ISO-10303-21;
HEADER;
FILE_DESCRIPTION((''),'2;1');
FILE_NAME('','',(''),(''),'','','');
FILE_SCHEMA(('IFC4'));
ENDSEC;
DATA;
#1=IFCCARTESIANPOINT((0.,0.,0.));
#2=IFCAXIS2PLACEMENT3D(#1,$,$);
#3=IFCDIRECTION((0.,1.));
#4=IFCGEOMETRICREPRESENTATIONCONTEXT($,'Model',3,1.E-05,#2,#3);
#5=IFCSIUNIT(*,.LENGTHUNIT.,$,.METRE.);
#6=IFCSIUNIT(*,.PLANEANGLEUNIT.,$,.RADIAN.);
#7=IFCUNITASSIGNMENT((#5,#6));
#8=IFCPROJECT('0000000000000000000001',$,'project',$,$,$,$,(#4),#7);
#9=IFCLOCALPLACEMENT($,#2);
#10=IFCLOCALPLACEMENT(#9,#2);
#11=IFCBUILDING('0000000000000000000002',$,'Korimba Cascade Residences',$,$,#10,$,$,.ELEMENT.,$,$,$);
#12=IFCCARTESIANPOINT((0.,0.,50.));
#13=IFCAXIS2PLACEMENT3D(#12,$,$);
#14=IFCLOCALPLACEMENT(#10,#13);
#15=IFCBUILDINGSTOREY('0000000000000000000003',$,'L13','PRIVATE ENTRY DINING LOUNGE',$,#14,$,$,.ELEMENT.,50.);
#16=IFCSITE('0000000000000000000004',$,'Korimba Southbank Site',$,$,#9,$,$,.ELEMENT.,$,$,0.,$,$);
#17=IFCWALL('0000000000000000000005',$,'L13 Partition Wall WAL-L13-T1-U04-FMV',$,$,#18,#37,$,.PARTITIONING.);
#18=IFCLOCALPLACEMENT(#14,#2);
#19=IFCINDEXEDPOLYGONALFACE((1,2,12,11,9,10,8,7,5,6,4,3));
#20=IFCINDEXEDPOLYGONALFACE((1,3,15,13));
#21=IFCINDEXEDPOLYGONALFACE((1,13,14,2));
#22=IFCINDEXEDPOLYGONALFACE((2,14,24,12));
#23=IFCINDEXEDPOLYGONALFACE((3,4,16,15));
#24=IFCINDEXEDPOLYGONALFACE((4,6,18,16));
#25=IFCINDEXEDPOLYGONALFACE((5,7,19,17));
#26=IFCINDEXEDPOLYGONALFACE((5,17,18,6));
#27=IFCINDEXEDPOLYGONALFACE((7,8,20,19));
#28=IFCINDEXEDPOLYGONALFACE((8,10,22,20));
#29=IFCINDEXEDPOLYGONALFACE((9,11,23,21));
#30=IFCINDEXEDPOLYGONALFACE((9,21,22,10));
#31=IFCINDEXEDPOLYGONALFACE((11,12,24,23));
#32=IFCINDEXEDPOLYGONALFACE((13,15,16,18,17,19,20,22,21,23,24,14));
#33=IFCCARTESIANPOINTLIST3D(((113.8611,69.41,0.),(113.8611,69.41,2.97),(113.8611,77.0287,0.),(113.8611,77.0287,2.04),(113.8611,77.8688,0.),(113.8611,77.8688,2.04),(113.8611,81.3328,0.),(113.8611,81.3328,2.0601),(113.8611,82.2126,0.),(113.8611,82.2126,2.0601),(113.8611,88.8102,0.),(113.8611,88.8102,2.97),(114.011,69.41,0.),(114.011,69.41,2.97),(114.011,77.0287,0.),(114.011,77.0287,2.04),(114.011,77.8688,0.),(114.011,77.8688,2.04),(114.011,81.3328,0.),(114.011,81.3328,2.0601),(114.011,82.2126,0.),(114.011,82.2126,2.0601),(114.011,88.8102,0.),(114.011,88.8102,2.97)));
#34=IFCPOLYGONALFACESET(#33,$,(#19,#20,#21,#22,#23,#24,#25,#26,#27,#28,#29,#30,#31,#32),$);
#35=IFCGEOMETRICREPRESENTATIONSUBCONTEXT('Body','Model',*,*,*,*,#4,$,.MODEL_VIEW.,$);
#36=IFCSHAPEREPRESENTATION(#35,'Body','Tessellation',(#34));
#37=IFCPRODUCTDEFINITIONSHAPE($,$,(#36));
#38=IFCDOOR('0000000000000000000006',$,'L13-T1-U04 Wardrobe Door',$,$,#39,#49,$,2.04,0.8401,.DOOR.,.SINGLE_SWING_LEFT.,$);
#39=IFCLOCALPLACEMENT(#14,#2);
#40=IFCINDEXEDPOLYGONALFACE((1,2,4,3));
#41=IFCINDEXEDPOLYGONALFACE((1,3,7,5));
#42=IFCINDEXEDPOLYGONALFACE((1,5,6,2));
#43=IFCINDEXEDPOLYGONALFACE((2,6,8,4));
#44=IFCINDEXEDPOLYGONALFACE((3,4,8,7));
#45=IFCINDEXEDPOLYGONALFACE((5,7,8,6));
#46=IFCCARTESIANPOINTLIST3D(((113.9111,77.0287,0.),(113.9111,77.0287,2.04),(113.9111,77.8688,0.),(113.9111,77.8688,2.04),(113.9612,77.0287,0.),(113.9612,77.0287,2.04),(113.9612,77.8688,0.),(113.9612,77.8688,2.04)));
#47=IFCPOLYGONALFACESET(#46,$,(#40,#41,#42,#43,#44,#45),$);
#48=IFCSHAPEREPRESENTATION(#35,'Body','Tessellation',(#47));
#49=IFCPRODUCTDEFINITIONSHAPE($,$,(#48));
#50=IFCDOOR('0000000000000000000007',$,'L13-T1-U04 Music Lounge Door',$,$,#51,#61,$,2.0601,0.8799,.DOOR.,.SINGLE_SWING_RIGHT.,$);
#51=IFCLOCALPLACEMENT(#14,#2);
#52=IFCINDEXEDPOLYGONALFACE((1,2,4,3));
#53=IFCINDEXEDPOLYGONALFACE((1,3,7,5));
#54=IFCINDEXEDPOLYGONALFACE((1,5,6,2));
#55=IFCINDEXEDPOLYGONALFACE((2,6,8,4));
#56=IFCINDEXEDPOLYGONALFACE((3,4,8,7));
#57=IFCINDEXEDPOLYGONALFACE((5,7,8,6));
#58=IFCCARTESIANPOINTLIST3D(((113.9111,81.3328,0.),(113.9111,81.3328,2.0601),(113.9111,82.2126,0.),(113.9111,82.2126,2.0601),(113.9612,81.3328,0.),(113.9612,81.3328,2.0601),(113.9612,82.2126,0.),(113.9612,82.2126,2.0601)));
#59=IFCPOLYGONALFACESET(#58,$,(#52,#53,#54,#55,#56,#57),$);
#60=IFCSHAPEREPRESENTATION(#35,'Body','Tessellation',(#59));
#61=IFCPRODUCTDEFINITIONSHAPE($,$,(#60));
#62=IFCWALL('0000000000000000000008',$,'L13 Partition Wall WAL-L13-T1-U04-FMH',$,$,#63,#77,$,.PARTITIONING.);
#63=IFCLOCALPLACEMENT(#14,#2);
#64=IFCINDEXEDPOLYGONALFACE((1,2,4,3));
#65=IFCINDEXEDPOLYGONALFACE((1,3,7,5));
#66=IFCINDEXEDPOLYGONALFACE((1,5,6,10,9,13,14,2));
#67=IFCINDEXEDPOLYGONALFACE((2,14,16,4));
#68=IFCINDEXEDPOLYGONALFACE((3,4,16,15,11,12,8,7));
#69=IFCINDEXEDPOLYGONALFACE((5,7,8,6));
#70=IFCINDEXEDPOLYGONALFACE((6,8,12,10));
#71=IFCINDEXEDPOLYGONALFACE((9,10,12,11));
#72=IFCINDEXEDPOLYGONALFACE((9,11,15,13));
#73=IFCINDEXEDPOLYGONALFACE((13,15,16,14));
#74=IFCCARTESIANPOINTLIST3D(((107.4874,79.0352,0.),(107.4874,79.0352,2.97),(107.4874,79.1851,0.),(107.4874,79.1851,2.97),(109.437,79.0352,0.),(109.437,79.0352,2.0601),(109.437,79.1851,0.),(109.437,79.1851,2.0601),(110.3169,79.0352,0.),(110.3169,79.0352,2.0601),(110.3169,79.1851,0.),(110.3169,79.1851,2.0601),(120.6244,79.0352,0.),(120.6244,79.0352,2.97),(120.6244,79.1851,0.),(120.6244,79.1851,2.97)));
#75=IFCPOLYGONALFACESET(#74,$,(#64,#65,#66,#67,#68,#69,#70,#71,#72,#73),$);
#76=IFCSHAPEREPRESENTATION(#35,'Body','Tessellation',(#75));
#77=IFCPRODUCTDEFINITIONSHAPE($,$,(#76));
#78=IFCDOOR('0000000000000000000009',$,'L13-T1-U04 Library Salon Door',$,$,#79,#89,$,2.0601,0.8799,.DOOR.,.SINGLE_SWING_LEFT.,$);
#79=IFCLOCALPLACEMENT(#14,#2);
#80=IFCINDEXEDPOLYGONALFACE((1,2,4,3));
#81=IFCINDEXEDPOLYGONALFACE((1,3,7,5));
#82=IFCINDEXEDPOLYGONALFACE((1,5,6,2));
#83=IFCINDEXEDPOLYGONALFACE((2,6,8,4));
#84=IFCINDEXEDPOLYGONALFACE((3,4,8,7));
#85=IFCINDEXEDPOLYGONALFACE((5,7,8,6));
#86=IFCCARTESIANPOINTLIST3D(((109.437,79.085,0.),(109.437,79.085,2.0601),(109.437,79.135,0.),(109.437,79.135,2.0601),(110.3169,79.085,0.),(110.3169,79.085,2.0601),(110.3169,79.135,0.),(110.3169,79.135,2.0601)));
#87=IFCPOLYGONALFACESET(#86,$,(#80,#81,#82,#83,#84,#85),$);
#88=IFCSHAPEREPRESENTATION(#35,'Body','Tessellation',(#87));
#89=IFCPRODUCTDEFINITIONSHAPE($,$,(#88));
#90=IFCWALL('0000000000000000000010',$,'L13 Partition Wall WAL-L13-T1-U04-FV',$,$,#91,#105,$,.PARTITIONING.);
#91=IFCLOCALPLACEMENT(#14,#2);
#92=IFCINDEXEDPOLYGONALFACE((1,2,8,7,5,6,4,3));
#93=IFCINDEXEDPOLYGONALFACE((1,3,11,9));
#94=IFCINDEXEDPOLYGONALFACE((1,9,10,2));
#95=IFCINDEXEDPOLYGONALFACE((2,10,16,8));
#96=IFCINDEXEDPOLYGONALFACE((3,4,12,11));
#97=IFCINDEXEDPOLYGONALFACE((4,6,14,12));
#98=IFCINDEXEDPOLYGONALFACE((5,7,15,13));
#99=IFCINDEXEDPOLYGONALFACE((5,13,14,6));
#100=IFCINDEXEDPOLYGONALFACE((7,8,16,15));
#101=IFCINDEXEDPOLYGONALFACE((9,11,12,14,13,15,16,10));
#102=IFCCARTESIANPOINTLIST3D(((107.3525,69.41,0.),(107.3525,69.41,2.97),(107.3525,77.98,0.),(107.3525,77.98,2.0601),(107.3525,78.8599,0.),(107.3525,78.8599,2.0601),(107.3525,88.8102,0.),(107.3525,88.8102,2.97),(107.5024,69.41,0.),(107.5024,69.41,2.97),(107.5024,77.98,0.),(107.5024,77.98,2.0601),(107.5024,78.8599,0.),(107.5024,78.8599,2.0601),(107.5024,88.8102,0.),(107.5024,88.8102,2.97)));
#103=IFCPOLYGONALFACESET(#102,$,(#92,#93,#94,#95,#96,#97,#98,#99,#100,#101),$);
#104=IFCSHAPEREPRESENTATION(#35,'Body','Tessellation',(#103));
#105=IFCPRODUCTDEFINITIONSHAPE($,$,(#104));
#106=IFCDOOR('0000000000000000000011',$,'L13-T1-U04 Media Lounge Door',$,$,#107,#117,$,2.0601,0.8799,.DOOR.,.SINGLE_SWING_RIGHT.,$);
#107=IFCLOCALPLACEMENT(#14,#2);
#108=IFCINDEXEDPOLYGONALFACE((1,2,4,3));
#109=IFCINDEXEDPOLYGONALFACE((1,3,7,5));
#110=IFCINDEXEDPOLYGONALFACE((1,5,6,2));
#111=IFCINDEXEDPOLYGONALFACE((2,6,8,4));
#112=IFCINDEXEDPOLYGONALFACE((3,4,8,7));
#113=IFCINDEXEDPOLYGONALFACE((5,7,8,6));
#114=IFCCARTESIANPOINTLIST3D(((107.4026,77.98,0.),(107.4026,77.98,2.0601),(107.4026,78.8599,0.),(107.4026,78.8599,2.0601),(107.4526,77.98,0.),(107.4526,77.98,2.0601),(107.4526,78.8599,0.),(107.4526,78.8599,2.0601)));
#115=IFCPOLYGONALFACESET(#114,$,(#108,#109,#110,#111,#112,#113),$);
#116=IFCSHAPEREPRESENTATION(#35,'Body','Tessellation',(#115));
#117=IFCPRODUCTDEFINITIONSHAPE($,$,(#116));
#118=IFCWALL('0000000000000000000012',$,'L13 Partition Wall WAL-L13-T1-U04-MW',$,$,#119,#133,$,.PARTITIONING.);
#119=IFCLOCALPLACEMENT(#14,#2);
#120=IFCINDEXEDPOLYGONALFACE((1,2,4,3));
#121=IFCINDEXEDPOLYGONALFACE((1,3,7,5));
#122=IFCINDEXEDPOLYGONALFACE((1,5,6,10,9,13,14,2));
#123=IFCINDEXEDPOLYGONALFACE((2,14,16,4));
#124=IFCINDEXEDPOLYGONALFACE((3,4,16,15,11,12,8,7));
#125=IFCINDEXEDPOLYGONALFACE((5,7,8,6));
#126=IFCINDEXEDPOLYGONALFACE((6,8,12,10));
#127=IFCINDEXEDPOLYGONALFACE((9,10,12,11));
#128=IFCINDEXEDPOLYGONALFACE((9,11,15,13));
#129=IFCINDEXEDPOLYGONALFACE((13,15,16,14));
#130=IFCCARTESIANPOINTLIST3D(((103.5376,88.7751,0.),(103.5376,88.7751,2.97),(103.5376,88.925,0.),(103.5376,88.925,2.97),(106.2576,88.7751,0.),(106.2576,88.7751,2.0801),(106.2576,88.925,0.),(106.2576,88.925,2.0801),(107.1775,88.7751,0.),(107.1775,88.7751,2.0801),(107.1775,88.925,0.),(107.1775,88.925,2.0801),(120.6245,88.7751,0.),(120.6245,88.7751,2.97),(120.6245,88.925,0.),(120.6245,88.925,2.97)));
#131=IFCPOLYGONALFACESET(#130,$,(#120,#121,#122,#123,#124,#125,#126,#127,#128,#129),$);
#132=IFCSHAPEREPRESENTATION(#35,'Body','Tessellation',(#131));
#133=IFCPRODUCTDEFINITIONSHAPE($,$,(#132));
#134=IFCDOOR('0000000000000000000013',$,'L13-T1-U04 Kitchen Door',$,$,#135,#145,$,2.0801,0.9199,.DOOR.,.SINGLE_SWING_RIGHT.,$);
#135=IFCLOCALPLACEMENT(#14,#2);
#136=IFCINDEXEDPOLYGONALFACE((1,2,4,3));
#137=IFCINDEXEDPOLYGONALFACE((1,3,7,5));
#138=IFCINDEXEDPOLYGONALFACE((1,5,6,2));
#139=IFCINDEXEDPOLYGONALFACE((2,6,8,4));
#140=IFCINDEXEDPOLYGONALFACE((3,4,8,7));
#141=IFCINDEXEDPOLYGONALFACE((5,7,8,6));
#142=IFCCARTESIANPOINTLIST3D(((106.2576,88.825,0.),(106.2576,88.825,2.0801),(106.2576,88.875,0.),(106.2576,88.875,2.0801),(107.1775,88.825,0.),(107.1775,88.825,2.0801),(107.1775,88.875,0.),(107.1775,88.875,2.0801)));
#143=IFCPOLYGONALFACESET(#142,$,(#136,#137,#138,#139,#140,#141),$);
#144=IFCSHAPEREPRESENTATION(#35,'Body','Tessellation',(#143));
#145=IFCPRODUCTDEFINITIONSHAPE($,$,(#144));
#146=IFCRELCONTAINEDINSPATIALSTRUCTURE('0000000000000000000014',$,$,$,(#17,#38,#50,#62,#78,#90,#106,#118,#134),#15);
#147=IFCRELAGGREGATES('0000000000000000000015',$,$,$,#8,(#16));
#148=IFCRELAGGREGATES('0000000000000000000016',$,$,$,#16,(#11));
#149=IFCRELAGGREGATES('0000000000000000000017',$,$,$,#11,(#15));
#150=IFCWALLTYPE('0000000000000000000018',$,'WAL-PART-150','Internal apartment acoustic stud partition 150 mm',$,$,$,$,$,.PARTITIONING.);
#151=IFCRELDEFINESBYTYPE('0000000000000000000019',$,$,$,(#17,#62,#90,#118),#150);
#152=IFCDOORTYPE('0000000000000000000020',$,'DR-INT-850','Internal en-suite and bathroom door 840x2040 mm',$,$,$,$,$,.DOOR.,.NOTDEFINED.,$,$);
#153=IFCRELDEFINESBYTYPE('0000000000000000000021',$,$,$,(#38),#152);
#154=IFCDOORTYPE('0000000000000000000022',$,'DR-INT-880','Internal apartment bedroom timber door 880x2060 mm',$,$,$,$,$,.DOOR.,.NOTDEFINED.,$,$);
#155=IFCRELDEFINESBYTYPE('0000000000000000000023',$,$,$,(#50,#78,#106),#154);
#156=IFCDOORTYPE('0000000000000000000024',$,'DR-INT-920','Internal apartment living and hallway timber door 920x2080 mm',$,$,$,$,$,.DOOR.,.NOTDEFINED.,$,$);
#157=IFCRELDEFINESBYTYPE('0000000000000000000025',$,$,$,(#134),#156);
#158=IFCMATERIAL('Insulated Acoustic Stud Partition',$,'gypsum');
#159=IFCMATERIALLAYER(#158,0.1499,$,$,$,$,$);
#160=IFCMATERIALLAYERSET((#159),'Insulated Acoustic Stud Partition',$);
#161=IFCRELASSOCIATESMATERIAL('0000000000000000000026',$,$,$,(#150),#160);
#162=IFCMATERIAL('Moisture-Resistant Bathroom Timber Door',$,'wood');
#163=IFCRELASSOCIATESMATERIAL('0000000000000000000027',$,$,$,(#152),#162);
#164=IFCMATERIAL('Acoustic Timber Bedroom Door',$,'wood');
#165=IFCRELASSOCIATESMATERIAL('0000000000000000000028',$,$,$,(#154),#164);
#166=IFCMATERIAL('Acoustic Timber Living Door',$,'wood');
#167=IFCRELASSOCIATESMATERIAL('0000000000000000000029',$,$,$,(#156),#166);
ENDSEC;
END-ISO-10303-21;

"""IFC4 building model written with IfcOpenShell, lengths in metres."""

from ifc_helpers import new_model, si_unit, direction, frame, frame_2d, origin, place, context, subcontext, project, spatial, rectangle, extrude, material, layer, layer_set, type_object, element, fill, save


model = new_model("IFC4")

# Units and contexts
model_context = context("Model", 3, precision=1e-05, world=origin(), true_north=direction((0.0, 1.0)))
body_context = subcontext(model_context, "Body", "Model", "MODEL_VIEW")
ifc_project = project(units=[si_unit("LENGTHUNIT", "METRE"), si_unit("PLANEANGLEUNIT", "RADIAN")], contexts=[model_context])

# Site, building, storey
site_placement = place(None, origin())
site = spatial("IfcSite", under=ifc_project, at=site_placement, Name="Korimba Southbank Site", CompositionType="ELEMENT", RefElevation=0.0)
building_placement = place(site_placement, origin())
building = spatial("IfcBuilding", under=site, at=building_placement, Name="Korimba Cascade Residences", CompositionType="ELEMENT")
storey_placement = place(building_placement, frame((0.0, 0.0, 50.0)))
storey = spatial("IfcBuildingStorey", under=building, at=storey_placement, Name="L13", Description="PRIVATE ENTRY DINING LOUNGE", CompositionType="ELEMENT", Elevation=50.0)

# Shared definitions
ifc_material_1 = material(Name="Insulated Acoustic Stud Partition", Category="gypsum")
ifc_layer_1 = layer(ifc_material_1, 0.1499)
ifc_layer_set_1 = layer_set([ifc_layer_1], Name="Insulated Acoustic Stud Partition")
wall_type_1 = type_object("IfcWallType", Name="WAL-PART-150", Description="Internal apartment acoustic stud partition 150 mm", PredefinedType="PARTITIONING", material=ifc_layer_set_1)
ifc_material_2 = material(Name="Moisture-Resistant Bathroom Timber Door", Category="wood")
door_type_1 = type_object("IfcDoorType", Name="DR-INT-850", Description="Internal en-suite and bathroom door 840x2040 mm", OperationType="NOTDEFINED", PredefinedType="DOOR", material=ifc_material_2)
ifc_material_3 = material(Name="Acoustic Timber Bedroom Door", Category="wood")
door_type_2 = type_object("IfcDoorType", Name="DR-INT-880", Description="Internal apartment bedroom timber door 880x2060 mm", OperationType="NOTDEFINED", PredefinedType="DOOR", material=ifc_material_3)

# Wall, openings, doors
wall_1_placement = place(storey_placement, frame((113.936, 69.4099, 0.0), z_axis=(0.0, 0.0, 1.0), x_axis=(0.0, 1.0, 0.0)))
wall_1 = element("IfcWall", 1, at=wall_1_placement, inside=storey, type_object=wall_type_1, Name="L13 Partition Wall WAL-L13-T1-U04-FMV", PredefinedType="PARTITIONING", context=body_context, shape_type="SweptSolid", body=[
    extrude(rectangle(XDim=19.4001, YDim=0.1499, at=frame_2d((9.7002, 0.0))), origin(), (0.0, 0.0, 1.0), 2.97),
])
opening_1_placement = place(wall_1_placement, frame((7.6189, 0.0, 0.0)))
opening_1 = element("IfcOpeningElement", 2, at=opening_1_placement, cuts=wall_1, PredefinedType="OPENING", context=body_context, shape_type="SweptSolid", body=[
    extrude(rectangle(XDim=0.8401, YDim=2.04, at=frame_2d((0.4199, 1.02))), frame((0.0, 0.085, 0.0), z_axis=(0.0, -1.0, 0.0), x_axis=(1.0, 0.0, 0.0)), (0.0, 0.0, 1.0), 0.1699),
])
opening_2_placement = place(wall_1_placement, frame((11.9229, 0.0, 0.0)))
opening_2 = element("IfcOpeningElement", 3, at=opening_2_placement, cuts=wall_1, PredefinedType="OPENING", context=body_context, shape_type="SweptSolid", body=[
    extrude(rectangle(XDim=0.8799, YDim=2.0601, at=frame_2d((0.4399, 1.03))), frame((0.0, 0.085, 0.0), z_axis=(0.0, -1.0, 0.0), x_axis=(1.0, 0.0, 0.0)), (0.0, 0.0, 1.0), 0.1699),
])
door_1_placement = place(opening_1_placement, origin())
door_1 = element("IfcDoor", 4, at=door_1_placement, inside=storey, type_object=door_type_1, Name="L13-T1-U04 Wardrobe Door", OperationType="SINGLE_SWING_LEFT", OverallHeight=2.04, OverallWidth=0.8401, PredefinedType="DOOR", context=body_context, shape_type="SweptSolid", body=[
    extrude(rectangle(XDim=0.8401, YDim=2.04, at=frame_2d((0.4199, 1.02))), frame((0.0, 0.0249, 0.0), z_axis=(0.0, -1.0, 0.0), x_axis=(1.0, 0.0, 0.0)), (0.0, 0.0, 1.0), 0.05),
])
fill(opening_1, door_1)
door_2_placement = place(opening_2_placement, origin())
door_2 = element("IfcDoor", 5, at=door_2_placement, inside=storey, type_object=door_type_2, Name="L13-T1-U04 Music Lounge Door", OperationType="SINGLE_SWING_RIGHT", OverallHeight=2.0601, OverallWidth=0.8799, PredefinedType="DOOR", context=body_context, shape_type="SweptSolid", body=[
    extrude(rectangle(XDim=0.8799, YDim=2.0601, at=frame_2d((0.4399, 1.03))), frame((0.0, 0.0249, 0.0), z_axis=(0.0, -1.0, 0.0), x_axis=(1.0, 0.0, 0.0)), (0.0, 0.0, 1.0), 0.05),
])
fill(opening_2, door_2)

# Walls, openings, doors
wall_2_placement = place(storey_placement, frame((107.4875, 79.1101, 0.0), z_axis=(0.0, 0.0, 1.0), x_axis=(1.0, 0.0, 0.0)))
wall_2 = element("IfcWall", 6, at=wall_2_placement, inside=storey, type_object=wall_type_1, Name="L13 Partition Wall WAL-L13-T1-U04-FMH", PredefinedType="PARTITIONING", context=body_context, shape_type="SweptSolid", body=[
    extrude(rectangle(XDim=13.137, YDim=0.1499, at=frame_2d((6.5684, 0.0))), origin(), (0.0, 0.0, 1.0), 2.97),
])
opening_3_placement = place(wall_2_placement, frame((1.9495, 0.0, 0.0)))
opening_3 = element("IfcOpeningElement", 7, at=opening_3_placement, cuts=wall_2, PredefinedType="OPENING", context=body_context, shape_type="SweptSolid", body=[
    extrude(rectangle(XDim=0.8799, YDim=2.0601, at=frame_2d((0.4399, 1.03))), frame((0.0, 0.085, 0.0), z_axis=(0.0, -1.0, 0.0), x_axis=(1.0, 0.0, 0.0)), (0.0, 0.0, 1.0), 0.1699),
])
door_3_placement = place(opening_3_placement, origin())
door_3 = element("IfcDoor", 8, at=door_3_placement, inside=storey, type_object=door_type_2, Name="L13-T1-U04 Library Salon Door", OperationType="SINGLE_SWING_LEFT", OverallHeight=2.0601, OverallWidth=0.8799, PredefinedType="DOOR", context=body_context, shape_type="SweptSolid", body=[
    extrude(rectangle(XDim=0.8799, YDim=2.0601, at=frame_2d((0.4399, 1.03))), frame((0.0, 0.0249, 0.0), z_axis=(0.0, -1.0, 0.0), x_axis=(1.0, 0.0, 0.0)), (0.0, 0.0, 1.0), 0.05),
])
fill(opening_3, door_3)
wall_3_placement = place(storey_placement, frame((107.4275, 69.4099, 0.0), z_axis=(0.0, 0.0, 1.0), x_axis=(0.0, 1.0, 0.0)))
wall_3 = element("IfcWall", 9, at=wall_3_placement, inside=storey, type_object=wall_type_1, Name="L13 Partition Wall WAL-L13-T1-U04-FV", PredefinedType="PARTITIONING", context=body_context, shape_type="SweptSolid", body=[
    extrude(rectangle(XDim=19.4001, YDim=0.1499, at=frame_2d((9.7002, 0.0))), origin(), (0.0, 0.0, 1.0), 2.97),
])
opening_4_placement = place(wall_3_placement, frame((8.5701, 0.0, 0.0)))
opening_4 = element("IfcOpeningElement", 10, at=opening_4_placement, cuts=wall_3, PredefinedType="OPENING", context=body_context, shape_type="SweptSolid", body=[
    extrude(rectangle(XDim=0.8799, YDim=2.0601, at=frame_2d((0.4399, 1.03))), frame((0.0, 0.085, 0.0), z_axis=(0.0, -1.0, 0.0), x_axis=(1.0, 0.0, 0.0)), (0.0, 0.0, 1.0), 0.1699),
])
door_4_placement = place(opening_4_placement, origin())
door_4 = element("IfcDoor", 11, at=door_4_placement, inside=storey, type_object=door_type_2, Name="L13-T1-U04 Media Lounge Door", OperationType="SINGLE_SWING_RIGHT", OverallHeight=2.0601, OverallWidth=0.8799, PredefinedType="DOOR", context=body_context, shape_type="SweptSolid", body=[
    extrude(rectangle(XDim=0.8799, YDim=2.0601, at=frame_2d((0.4399, 1.03))), frame((0.0, 0.0249, 0.0), z_axis=(0.0, -1.0, 0.0), x_axis=(1.0, 0.0, 0.0)), (0.0, 0.0, 1.0), 0.05),
])
fill(opening_4, door_4)
wall_4_placement = place(storey_placement, frame((103.5376, 88.8501, 0.0), z_axis=(0.0, 0.0, 1.0), x_axis=(1.0, 0.0, 0.0)))
wall_4 = element("IfcWall", 12, at=wall_4_placement, inside=storey, type_object=wall_type_1, Name="L13 Partition Wall WAL-L13-T1-U04-MW", PredefinedType="PARTITIONING", context=body_context, shape_type="SweptSolid", body=[
    extrude(rectangle(XDim=17.0869, YDim=0.1499, at=frame_2d((8.5435, 0.0))), origin(), (0.0, 0.0, 1.0), 2.97),
])
opening_5_placement = place(wall_4_placement, frame((2.72, 0.0, 0.0)))
opening_5 = element("IfcOpeningElement", 13, at=opening_5_placement, cuts=wall_4, PredefinedType="OPENING", context=body_context, shape_type="SweptSolid", body=[
    extrude(rectangle(XDim=0.9199, YDim=2.0801, at=frame_2d((0.46, 1.04))), frame((0.0, 0.085, 0.0), z_axis=(0.0, -1.0, 0.0), x_axis=(1.0, 0.0, 0.0)), (0.0, 0.0, 1.0), 0.1699),
])
ifc_material_4 = material(Name="Acoustic Timber Living Door", Category="wood")
door_type_3 = type_object("IfcDoorType", Name="DR-INT-920", Description="Internal apartment living and hallway timber door 920x2080 mm", OperationType="NOTDEFINED", PredefinedType="DOOR", material=ifc_material_4)
door_5_placement = place(opening_5_placement, origin())
door_5 = element("IfcDoor", 14, at=door_5_placement, inside=storey, type_object=door_type_3, Name="L13-T1-U04 Kitchen Door", OperationType="SINGLE_SWING_RIGHT", OverallHeight=2.0801, OverallWidth=0.9199, PredefinedType="DOOR", context=body_context, shape_type="SweptSolid", body=[
    extrude(rectangle(XDim=0.9199, YDim=2.0801, at=frame_2d((0.46, 1.04))), frame((0.0, 0.0249, 0.0), z_axis=(0.0, -1.0, 0.0), x_axis=(1.0, 0.0, 0.0)), (0.0, 0.0, 1.0), 0.05),
])
fill(opening_5, door_5)

save(model, "model.ifc")
